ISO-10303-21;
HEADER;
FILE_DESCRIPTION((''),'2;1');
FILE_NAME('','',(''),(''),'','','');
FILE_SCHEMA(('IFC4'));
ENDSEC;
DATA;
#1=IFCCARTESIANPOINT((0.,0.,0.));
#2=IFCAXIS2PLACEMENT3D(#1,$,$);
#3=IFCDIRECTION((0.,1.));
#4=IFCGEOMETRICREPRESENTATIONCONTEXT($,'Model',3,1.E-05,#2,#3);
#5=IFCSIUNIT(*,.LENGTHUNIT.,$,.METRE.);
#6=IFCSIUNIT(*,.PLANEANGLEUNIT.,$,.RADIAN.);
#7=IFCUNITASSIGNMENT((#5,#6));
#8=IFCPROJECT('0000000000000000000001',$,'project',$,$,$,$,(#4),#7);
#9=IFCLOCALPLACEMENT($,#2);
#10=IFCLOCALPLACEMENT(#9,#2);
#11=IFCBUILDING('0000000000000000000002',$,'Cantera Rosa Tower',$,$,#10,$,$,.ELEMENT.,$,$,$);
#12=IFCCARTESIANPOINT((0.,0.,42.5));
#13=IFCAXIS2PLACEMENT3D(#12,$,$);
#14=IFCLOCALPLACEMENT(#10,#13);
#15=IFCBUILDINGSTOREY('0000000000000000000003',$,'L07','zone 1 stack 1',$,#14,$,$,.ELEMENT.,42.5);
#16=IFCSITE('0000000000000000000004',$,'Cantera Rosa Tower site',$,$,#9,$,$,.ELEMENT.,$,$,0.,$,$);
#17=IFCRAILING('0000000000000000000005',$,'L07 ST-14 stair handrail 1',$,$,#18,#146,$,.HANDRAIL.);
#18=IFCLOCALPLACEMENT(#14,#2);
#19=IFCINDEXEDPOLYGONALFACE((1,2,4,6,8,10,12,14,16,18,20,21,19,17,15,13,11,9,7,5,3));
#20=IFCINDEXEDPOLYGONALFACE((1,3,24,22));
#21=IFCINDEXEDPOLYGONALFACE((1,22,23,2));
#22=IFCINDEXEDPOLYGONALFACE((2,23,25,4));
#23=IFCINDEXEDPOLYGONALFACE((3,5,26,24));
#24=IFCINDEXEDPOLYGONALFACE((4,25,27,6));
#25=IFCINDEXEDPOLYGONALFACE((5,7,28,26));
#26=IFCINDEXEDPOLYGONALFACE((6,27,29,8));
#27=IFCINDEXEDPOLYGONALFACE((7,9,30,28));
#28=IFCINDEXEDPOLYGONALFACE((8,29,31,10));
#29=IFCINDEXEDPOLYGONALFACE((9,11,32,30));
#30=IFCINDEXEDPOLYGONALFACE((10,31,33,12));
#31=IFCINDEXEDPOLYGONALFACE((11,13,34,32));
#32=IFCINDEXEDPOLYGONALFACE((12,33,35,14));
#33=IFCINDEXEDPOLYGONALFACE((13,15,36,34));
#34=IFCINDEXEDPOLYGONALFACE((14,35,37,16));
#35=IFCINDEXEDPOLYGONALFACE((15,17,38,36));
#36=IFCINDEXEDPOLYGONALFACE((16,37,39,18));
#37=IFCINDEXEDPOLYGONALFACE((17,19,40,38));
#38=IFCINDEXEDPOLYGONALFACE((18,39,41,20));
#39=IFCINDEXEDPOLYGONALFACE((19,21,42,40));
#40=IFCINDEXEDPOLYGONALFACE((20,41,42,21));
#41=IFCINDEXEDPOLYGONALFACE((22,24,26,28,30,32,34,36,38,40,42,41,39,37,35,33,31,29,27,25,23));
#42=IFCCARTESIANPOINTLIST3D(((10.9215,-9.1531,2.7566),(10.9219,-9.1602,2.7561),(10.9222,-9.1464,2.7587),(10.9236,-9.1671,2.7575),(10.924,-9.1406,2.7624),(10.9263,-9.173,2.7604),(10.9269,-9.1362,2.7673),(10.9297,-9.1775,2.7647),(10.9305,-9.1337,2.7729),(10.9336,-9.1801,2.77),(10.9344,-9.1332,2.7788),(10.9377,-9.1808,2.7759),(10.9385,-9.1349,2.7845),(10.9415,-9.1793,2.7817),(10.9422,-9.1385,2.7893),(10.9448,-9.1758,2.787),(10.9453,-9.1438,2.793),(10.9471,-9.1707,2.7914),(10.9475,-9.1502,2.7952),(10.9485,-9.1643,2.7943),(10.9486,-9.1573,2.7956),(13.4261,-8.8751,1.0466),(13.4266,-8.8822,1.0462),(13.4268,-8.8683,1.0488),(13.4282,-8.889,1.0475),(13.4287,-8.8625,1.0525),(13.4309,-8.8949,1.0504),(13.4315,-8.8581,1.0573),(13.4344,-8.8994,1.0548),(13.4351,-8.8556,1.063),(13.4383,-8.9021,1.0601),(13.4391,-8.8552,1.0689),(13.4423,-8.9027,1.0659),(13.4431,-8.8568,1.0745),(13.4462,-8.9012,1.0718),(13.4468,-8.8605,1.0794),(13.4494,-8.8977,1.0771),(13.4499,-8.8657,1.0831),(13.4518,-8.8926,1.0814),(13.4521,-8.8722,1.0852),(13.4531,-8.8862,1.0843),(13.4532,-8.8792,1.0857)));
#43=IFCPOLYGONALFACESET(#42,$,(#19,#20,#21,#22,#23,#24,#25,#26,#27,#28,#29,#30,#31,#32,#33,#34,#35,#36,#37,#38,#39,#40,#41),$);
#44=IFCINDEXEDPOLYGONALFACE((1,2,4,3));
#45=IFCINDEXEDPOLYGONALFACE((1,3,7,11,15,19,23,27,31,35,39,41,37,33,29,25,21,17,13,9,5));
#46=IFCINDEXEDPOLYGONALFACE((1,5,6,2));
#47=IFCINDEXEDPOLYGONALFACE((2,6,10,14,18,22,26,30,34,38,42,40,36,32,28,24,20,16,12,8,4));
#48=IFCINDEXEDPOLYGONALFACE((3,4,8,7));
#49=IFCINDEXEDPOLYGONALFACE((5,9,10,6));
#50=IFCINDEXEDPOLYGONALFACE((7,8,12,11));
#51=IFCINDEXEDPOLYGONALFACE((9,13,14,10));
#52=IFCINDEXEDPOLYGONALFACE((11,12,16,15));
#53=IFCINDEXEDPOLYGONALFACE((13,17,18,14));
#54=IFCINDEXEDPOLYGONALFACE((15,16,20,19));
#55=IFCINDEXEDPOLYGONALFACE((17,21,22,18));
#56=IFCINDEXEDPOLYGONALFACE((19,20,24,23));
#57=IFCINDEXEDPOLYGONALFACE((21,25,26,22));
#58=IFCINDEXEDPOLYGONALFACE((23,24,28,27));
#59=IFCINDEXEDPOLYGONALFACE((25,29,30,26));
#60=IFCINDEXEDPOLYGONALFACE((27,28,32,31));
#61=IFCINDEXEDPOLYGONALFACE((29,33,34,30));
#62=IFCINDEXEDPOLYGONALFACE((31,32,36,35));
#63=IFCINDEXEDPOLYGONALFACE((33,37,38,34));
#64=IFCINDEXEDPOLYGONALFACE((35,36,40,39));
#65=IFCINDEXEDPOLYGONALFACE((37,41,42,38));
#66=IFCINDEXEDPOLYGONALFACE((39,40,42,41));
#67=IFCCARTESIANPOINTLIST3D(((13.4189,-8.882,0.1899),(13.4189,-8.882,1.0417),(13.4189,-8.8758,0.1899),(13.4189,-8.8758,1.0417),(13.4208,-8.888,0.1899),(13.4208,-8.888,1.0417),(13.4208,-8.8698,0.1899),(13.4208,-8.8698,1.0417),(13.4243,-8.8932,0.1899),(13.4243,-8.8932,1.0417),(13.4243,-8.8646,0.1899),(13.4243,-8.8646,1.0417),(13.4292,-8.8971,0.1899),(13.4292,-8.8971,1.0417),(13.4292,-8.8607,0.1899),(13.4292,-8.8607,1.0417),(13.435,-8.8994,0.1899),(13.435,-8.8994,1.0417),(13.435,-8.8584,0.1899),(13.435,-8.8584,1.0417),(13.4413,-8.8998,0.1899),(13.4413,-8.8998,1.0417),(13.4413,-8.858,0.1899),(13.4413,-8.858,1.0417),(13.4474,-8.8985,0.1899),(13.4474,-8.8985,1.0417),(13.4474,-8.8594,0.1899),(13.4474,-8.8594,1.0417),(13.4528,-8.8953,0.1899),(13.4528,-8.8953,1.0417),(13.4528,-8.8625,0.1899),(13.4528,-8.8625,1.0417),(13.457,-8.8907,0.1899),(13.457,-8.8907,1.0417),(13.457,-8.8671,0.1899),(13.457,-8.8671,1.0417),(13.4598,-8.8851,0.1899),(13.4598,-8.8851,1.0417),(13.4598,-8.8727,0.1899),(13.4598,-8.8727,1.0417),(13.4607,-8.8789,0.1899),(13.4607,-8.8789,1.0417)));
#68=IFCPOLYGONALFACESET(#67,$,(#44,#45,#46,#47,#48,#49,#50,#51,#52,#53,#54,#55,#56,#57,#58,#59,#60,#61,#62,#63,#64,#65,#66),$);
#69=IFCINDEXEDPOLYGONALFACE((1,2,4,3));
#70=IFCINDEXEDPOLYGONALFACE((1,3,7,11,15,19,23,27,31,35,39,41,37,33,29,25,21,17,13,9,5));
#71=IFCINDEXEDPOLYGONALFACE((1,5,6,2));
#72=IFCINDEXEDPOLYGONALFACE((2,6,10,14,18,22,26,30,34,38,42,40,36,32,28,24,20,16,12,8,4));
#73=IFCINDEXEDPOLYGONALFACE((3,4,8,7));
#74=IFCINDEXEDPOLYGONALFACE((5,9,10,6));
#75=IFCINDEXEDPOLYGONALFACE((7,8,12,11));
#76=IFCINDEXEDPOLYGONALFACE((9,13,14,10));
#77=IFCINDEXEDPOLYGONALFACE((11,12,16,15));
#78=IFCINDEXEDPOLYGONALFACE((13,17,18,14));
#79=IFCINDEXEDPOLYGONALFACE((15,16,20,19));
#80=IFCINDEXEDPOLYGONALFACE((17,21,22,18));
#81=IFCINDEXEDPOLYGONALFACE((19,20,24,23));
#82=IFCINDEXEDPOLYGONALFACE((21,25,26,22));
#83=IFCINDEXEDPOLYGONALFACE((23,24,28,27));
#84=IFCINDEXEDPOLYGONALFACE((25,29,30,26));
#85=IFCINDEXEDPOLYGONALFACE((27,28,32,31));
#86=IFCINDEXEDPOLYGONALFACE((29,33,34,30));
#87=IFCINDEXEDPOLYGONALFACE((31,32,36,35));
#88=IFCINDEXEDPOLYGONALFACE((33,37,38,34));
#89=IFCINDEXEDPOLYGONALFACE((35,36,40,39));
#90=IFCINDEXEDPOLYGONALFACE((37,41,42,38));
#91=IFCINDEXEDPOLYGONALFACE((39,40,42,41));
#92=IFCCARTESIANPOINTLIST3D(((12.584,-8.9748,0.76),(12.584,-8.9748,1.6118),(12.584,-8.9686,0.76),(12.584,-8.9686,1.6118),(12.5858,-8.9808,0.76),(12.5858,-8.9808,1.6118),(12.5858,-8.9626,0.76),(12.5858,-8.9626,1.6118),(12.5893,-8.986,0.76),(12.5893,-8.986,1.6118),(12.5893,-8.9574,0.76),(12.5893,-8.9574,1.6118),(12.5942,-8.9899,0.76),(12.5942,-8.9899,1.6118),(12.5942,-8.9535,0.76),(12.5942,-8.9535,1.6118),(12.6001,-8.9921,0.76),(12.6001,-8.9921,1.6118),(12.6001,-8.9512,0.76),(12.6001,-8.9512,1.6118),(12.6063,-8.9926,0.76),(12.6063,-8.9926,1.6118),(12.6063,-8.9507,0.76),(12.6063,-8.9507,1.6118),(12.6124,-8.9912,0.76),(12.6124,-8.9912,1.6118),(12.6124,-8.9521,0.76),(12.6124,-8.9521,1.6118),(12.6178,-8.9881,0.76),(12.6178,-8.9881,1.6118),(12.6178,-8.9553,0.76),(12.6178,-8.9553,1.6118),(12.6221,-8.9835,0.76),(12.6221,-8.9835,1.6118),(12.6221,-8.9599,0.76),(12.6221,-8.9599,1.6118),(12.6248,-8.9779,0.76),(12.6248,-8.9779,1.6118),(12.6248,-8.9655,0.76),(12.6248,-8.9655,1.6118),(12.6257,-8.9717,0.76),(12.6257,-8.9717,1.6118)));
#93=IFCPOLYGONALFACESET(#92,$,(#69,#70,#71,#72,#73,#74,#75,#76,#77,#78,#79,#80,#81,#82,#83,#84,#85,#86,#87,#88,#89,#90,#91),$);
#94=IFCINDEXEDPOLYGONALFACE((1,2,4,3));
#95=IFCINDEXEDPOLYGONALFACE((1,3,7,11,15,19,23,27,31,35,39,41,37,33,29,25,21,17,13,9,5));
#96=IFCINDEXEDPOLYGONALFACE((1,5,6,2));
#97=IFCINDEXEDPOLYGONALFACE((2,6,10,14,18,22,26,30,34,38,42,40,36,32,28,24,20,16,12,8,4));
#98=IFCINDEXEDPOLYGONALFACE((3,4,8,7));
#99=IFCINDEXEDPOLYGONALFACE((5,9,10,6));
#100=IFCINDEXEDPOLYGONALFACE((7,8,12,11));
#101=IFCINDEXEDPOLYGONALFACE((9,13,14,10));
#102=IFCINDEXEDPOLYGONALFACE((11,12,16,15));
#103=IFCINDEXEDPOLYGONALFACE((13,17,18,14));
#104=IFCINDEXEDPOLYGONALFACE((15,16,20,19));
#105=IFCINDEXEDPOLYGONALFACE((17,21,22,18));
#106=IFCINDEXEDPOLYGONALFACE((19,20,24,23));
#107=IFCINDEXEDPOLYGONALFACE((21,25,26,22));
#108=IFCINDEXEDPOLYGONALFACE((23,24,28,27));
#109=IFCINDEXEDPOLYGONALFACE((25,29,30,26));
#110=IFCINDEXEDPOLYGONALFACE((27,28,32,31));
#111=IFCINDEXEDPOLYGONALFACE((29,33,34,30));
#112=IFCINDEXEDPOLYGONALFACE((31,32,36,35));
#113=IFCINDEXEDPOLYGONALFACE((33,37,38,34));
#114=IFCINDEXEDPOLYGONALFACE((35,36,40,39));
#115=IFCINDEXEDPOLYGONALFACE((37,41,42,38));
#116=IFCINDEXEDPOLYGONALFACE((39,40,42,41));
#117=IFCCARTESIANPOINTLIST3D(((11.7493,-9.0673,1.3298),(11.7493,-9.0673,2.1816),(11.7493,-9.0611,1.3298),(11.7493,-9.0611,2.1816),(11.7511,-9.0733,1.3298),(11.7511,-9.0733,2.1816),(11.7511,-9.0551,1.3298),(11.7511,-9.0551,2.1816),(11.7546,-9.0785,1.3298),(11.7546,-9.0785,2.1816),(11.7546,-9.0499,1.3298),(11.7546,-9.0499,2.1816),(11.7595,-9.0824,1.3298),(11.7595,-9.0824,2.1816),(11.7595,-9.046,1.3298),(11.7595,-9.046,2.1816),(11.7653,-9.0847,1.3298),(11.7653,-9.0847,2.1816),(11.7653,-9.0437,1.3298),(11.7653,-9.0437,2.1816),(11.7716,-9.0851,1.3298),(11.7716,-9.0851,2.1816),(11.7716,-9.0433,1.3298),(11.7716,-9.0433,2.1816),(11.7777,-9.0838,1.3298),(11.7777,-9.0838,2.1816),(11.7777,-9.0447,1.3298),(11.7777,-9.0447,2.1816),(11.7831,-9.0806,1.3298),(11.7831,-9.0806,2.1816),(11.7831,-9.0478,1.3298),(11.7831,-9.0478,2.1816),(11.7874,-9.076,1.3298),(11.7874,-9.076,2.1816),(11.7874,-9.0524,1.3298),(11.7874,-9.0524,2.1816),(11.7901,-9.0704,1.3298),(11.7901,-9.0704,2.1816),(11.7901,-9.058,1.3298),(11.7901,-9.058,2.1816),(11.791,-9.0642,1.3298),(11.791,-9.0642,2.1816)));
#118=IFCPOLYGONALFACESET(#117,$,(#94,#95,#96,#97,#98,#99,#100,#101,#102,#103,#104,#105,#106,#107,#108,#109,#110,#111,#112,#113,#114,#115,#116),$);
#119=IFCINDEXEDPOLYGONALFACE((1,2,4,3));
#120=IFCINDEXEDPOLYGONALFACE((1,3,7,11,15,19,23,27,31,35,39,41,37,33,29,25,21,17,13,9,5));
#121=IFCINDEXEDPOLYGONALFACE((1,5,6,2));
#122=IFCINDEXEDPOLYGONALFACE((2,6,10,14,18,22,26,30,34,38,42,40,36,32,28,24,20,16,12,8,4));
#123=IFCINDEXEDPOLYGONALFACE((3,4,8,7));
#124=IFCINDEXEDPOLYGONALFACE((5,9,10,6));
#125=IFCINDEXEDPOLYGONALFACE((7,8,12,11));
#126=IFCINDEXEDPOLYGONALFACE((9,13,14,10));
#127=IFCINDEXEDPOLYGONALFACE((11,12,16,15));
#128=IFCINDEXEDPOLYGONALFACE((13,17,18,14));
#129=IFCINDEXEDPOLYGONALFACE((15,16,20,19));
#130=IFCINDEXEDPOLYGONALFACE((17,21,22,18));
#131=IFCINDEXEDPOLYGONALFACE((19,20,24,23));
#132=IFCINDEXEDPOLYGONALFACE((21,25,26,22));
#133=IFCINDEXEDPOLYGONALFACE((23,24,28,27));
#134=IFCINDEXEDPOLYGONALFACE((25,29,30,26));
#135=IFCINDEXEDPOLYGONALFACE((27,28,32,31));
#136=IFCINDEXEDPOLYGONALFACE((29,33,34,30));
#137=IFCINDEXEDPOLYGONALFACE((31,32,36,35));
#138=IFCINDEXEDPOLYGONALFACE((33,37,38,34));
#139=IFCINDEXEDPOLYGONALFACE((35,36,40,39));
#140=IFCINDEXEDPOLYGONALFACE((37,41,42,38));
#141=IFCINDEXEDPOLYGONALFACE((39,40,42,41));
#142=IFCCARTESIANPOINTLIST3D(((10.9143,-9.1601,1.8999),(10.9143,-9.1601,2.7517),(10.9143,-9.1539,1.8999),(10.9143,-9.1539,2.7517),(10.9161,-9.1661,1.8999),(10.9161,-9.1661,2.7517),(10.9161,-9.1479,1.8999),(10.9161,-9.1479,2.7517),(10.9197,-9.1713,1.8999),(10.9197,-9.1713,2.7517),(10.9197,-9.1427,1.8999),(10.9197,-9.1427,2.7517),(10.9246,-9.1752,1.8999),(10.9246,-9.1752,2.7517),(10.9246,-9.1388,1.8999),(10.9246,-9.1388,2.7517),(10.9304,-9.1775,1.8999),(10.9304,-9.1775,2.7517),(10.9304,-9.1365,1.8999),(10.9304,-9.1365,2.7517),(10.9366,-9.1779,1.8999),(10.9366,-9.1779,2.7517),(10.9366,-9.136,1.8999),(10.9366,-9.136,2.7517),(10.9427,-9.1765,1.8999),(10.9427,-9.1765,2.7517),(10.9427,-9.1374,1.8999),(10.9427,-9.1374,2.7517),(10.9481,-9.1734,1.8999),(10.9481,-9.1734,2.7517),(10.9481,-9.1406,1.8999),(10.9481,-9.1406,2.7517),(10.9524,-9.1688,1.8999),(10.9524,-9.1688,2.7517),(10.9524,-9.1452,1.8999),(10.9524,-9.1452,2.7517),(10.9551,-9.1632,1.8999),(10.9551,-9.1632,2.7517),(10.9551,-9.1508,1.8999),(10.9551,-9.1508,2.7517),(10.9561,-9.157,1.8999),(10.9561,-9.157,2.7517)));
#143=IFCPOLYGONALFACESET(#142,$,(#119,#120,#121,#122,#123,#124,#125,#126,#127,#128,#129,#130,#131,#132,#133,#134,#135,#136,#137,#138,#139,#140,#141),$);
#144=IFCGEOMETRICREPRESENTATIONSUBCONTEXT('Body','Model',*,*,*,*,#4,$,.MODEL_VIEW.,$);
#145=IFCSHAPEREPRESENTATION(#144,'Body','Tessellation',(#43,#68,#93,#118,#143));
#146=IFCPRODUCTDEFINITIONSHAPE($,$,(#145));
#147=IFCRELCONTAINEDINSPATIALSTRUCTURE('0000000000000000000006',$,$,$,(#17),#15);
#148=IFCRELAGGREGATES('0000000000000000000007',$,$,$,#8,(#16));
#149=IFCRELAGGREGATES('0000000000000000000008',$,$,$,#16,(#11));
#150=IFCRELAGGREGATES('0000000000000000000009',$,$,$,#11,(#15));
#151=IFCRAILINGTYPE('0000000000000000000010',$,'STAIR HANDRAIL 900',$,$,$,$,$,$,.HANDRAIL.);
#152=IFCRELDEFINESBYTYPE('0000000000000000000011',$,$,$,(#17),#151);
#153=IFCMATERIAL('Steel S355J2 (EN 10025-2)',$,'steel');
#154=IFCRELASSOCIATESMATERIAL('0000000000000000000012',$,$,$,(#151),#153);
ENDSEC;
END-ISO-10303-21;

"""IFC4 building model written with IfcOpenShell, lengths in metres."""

from ifc_helpers import new_model, si_unit, direction, frame, origin, origin_2d, place, context, subcontext, project, spatial, circle, extrude, material, type_object, element, save


model = new_model("IFC4")

# Units and contexts
model_context = context("Model", 3, precision=1e-05, world=origin(), true_north=direction((0.0, 1.0)))
body_context = subcontext(model_context, "Body", "Model", "MODEL_VIEW")
ifc_project = project(units=[si_unit("LENGTHUNIT", "METRE"), si_unit("PLANEANGLEUNIT", "RADIAN")], contexts=[model_context])

# Site, building, storey
site_placement = place(None, origin())
site = spatial("IfcSite", under=ifc_project, at=site_placement, Name="Cantera Rosa Tower site", CompositionType="ELEMENT", RefElevation=0.0)
building_placement = place(site_placement, origin())
building = spatial("IfcBuilding", under=site, at=building_placement, Name="Cantera Rosa Tower", CompositionType="ELEMENT")
storey_placement = place(building_placement, frame((0.0, 0.0, 42.5)))
storey = spatial("IfcBuildingStorey", under=building, at=storey_placement, Name="L07", Description="zone 1 stack 1", CompositionType="ELEMENT", Elevation=42.5)

# Railing
ifc_material_1 = material(Name="Steel S355J2 (EN 10025-2)", Category="steel")
railing_type_1 = type_object("IfcRailingType", Name="STAIR HANDRAIL 900", PredefinedType="HANDRAIL", material=ifc_material_1)
railing_1_placement = place(storey_placement, frame((13.4397, -8.8789, 0.1899)))
element("IfcRailing", 1, at=railing_1_placement, inside=storey, type_object=railing_type_1, Name="L07 ST-14 stair handrail 1", PredefinedType="HANDRAIL", context=body_context, shape_type="SweptSolid", body=[
    extrude(circle(Radius=0.0239, at=origin_2d()), frame((0.0, 0.0, 0.876), z_axis=(-0.822431, -0.09131, 0.561488), x_axis=(0.110346, -0.993893, 0.0)), (0.0, 0.0, 1.0), 3.0454),
    extrude(circle(Radius=0.021, at=origin_2d()), origin(), (0.0, 0.0, 1.0), 0.8518),
    extrude(circle(Radius=0.021, at=origin_2d()), frame((-0.835, -0.0928, 0.5701)), (0.0, 0.0, 1.0), 0.8518),
    extrude(circle(Radius=0.021, at=origin_2d()), frame((-1.6697, -0.1853, 1.1399)), (0.0, 0.0, 1.0), 0.8518),
    extrude(circle(Radius=0.021, at=origin_2d()), frame((-2.5046, -0.2781, 1.71)), (0.0, 0.0, 1.0), 0.8518),
])

save(model, "model.ifc")
